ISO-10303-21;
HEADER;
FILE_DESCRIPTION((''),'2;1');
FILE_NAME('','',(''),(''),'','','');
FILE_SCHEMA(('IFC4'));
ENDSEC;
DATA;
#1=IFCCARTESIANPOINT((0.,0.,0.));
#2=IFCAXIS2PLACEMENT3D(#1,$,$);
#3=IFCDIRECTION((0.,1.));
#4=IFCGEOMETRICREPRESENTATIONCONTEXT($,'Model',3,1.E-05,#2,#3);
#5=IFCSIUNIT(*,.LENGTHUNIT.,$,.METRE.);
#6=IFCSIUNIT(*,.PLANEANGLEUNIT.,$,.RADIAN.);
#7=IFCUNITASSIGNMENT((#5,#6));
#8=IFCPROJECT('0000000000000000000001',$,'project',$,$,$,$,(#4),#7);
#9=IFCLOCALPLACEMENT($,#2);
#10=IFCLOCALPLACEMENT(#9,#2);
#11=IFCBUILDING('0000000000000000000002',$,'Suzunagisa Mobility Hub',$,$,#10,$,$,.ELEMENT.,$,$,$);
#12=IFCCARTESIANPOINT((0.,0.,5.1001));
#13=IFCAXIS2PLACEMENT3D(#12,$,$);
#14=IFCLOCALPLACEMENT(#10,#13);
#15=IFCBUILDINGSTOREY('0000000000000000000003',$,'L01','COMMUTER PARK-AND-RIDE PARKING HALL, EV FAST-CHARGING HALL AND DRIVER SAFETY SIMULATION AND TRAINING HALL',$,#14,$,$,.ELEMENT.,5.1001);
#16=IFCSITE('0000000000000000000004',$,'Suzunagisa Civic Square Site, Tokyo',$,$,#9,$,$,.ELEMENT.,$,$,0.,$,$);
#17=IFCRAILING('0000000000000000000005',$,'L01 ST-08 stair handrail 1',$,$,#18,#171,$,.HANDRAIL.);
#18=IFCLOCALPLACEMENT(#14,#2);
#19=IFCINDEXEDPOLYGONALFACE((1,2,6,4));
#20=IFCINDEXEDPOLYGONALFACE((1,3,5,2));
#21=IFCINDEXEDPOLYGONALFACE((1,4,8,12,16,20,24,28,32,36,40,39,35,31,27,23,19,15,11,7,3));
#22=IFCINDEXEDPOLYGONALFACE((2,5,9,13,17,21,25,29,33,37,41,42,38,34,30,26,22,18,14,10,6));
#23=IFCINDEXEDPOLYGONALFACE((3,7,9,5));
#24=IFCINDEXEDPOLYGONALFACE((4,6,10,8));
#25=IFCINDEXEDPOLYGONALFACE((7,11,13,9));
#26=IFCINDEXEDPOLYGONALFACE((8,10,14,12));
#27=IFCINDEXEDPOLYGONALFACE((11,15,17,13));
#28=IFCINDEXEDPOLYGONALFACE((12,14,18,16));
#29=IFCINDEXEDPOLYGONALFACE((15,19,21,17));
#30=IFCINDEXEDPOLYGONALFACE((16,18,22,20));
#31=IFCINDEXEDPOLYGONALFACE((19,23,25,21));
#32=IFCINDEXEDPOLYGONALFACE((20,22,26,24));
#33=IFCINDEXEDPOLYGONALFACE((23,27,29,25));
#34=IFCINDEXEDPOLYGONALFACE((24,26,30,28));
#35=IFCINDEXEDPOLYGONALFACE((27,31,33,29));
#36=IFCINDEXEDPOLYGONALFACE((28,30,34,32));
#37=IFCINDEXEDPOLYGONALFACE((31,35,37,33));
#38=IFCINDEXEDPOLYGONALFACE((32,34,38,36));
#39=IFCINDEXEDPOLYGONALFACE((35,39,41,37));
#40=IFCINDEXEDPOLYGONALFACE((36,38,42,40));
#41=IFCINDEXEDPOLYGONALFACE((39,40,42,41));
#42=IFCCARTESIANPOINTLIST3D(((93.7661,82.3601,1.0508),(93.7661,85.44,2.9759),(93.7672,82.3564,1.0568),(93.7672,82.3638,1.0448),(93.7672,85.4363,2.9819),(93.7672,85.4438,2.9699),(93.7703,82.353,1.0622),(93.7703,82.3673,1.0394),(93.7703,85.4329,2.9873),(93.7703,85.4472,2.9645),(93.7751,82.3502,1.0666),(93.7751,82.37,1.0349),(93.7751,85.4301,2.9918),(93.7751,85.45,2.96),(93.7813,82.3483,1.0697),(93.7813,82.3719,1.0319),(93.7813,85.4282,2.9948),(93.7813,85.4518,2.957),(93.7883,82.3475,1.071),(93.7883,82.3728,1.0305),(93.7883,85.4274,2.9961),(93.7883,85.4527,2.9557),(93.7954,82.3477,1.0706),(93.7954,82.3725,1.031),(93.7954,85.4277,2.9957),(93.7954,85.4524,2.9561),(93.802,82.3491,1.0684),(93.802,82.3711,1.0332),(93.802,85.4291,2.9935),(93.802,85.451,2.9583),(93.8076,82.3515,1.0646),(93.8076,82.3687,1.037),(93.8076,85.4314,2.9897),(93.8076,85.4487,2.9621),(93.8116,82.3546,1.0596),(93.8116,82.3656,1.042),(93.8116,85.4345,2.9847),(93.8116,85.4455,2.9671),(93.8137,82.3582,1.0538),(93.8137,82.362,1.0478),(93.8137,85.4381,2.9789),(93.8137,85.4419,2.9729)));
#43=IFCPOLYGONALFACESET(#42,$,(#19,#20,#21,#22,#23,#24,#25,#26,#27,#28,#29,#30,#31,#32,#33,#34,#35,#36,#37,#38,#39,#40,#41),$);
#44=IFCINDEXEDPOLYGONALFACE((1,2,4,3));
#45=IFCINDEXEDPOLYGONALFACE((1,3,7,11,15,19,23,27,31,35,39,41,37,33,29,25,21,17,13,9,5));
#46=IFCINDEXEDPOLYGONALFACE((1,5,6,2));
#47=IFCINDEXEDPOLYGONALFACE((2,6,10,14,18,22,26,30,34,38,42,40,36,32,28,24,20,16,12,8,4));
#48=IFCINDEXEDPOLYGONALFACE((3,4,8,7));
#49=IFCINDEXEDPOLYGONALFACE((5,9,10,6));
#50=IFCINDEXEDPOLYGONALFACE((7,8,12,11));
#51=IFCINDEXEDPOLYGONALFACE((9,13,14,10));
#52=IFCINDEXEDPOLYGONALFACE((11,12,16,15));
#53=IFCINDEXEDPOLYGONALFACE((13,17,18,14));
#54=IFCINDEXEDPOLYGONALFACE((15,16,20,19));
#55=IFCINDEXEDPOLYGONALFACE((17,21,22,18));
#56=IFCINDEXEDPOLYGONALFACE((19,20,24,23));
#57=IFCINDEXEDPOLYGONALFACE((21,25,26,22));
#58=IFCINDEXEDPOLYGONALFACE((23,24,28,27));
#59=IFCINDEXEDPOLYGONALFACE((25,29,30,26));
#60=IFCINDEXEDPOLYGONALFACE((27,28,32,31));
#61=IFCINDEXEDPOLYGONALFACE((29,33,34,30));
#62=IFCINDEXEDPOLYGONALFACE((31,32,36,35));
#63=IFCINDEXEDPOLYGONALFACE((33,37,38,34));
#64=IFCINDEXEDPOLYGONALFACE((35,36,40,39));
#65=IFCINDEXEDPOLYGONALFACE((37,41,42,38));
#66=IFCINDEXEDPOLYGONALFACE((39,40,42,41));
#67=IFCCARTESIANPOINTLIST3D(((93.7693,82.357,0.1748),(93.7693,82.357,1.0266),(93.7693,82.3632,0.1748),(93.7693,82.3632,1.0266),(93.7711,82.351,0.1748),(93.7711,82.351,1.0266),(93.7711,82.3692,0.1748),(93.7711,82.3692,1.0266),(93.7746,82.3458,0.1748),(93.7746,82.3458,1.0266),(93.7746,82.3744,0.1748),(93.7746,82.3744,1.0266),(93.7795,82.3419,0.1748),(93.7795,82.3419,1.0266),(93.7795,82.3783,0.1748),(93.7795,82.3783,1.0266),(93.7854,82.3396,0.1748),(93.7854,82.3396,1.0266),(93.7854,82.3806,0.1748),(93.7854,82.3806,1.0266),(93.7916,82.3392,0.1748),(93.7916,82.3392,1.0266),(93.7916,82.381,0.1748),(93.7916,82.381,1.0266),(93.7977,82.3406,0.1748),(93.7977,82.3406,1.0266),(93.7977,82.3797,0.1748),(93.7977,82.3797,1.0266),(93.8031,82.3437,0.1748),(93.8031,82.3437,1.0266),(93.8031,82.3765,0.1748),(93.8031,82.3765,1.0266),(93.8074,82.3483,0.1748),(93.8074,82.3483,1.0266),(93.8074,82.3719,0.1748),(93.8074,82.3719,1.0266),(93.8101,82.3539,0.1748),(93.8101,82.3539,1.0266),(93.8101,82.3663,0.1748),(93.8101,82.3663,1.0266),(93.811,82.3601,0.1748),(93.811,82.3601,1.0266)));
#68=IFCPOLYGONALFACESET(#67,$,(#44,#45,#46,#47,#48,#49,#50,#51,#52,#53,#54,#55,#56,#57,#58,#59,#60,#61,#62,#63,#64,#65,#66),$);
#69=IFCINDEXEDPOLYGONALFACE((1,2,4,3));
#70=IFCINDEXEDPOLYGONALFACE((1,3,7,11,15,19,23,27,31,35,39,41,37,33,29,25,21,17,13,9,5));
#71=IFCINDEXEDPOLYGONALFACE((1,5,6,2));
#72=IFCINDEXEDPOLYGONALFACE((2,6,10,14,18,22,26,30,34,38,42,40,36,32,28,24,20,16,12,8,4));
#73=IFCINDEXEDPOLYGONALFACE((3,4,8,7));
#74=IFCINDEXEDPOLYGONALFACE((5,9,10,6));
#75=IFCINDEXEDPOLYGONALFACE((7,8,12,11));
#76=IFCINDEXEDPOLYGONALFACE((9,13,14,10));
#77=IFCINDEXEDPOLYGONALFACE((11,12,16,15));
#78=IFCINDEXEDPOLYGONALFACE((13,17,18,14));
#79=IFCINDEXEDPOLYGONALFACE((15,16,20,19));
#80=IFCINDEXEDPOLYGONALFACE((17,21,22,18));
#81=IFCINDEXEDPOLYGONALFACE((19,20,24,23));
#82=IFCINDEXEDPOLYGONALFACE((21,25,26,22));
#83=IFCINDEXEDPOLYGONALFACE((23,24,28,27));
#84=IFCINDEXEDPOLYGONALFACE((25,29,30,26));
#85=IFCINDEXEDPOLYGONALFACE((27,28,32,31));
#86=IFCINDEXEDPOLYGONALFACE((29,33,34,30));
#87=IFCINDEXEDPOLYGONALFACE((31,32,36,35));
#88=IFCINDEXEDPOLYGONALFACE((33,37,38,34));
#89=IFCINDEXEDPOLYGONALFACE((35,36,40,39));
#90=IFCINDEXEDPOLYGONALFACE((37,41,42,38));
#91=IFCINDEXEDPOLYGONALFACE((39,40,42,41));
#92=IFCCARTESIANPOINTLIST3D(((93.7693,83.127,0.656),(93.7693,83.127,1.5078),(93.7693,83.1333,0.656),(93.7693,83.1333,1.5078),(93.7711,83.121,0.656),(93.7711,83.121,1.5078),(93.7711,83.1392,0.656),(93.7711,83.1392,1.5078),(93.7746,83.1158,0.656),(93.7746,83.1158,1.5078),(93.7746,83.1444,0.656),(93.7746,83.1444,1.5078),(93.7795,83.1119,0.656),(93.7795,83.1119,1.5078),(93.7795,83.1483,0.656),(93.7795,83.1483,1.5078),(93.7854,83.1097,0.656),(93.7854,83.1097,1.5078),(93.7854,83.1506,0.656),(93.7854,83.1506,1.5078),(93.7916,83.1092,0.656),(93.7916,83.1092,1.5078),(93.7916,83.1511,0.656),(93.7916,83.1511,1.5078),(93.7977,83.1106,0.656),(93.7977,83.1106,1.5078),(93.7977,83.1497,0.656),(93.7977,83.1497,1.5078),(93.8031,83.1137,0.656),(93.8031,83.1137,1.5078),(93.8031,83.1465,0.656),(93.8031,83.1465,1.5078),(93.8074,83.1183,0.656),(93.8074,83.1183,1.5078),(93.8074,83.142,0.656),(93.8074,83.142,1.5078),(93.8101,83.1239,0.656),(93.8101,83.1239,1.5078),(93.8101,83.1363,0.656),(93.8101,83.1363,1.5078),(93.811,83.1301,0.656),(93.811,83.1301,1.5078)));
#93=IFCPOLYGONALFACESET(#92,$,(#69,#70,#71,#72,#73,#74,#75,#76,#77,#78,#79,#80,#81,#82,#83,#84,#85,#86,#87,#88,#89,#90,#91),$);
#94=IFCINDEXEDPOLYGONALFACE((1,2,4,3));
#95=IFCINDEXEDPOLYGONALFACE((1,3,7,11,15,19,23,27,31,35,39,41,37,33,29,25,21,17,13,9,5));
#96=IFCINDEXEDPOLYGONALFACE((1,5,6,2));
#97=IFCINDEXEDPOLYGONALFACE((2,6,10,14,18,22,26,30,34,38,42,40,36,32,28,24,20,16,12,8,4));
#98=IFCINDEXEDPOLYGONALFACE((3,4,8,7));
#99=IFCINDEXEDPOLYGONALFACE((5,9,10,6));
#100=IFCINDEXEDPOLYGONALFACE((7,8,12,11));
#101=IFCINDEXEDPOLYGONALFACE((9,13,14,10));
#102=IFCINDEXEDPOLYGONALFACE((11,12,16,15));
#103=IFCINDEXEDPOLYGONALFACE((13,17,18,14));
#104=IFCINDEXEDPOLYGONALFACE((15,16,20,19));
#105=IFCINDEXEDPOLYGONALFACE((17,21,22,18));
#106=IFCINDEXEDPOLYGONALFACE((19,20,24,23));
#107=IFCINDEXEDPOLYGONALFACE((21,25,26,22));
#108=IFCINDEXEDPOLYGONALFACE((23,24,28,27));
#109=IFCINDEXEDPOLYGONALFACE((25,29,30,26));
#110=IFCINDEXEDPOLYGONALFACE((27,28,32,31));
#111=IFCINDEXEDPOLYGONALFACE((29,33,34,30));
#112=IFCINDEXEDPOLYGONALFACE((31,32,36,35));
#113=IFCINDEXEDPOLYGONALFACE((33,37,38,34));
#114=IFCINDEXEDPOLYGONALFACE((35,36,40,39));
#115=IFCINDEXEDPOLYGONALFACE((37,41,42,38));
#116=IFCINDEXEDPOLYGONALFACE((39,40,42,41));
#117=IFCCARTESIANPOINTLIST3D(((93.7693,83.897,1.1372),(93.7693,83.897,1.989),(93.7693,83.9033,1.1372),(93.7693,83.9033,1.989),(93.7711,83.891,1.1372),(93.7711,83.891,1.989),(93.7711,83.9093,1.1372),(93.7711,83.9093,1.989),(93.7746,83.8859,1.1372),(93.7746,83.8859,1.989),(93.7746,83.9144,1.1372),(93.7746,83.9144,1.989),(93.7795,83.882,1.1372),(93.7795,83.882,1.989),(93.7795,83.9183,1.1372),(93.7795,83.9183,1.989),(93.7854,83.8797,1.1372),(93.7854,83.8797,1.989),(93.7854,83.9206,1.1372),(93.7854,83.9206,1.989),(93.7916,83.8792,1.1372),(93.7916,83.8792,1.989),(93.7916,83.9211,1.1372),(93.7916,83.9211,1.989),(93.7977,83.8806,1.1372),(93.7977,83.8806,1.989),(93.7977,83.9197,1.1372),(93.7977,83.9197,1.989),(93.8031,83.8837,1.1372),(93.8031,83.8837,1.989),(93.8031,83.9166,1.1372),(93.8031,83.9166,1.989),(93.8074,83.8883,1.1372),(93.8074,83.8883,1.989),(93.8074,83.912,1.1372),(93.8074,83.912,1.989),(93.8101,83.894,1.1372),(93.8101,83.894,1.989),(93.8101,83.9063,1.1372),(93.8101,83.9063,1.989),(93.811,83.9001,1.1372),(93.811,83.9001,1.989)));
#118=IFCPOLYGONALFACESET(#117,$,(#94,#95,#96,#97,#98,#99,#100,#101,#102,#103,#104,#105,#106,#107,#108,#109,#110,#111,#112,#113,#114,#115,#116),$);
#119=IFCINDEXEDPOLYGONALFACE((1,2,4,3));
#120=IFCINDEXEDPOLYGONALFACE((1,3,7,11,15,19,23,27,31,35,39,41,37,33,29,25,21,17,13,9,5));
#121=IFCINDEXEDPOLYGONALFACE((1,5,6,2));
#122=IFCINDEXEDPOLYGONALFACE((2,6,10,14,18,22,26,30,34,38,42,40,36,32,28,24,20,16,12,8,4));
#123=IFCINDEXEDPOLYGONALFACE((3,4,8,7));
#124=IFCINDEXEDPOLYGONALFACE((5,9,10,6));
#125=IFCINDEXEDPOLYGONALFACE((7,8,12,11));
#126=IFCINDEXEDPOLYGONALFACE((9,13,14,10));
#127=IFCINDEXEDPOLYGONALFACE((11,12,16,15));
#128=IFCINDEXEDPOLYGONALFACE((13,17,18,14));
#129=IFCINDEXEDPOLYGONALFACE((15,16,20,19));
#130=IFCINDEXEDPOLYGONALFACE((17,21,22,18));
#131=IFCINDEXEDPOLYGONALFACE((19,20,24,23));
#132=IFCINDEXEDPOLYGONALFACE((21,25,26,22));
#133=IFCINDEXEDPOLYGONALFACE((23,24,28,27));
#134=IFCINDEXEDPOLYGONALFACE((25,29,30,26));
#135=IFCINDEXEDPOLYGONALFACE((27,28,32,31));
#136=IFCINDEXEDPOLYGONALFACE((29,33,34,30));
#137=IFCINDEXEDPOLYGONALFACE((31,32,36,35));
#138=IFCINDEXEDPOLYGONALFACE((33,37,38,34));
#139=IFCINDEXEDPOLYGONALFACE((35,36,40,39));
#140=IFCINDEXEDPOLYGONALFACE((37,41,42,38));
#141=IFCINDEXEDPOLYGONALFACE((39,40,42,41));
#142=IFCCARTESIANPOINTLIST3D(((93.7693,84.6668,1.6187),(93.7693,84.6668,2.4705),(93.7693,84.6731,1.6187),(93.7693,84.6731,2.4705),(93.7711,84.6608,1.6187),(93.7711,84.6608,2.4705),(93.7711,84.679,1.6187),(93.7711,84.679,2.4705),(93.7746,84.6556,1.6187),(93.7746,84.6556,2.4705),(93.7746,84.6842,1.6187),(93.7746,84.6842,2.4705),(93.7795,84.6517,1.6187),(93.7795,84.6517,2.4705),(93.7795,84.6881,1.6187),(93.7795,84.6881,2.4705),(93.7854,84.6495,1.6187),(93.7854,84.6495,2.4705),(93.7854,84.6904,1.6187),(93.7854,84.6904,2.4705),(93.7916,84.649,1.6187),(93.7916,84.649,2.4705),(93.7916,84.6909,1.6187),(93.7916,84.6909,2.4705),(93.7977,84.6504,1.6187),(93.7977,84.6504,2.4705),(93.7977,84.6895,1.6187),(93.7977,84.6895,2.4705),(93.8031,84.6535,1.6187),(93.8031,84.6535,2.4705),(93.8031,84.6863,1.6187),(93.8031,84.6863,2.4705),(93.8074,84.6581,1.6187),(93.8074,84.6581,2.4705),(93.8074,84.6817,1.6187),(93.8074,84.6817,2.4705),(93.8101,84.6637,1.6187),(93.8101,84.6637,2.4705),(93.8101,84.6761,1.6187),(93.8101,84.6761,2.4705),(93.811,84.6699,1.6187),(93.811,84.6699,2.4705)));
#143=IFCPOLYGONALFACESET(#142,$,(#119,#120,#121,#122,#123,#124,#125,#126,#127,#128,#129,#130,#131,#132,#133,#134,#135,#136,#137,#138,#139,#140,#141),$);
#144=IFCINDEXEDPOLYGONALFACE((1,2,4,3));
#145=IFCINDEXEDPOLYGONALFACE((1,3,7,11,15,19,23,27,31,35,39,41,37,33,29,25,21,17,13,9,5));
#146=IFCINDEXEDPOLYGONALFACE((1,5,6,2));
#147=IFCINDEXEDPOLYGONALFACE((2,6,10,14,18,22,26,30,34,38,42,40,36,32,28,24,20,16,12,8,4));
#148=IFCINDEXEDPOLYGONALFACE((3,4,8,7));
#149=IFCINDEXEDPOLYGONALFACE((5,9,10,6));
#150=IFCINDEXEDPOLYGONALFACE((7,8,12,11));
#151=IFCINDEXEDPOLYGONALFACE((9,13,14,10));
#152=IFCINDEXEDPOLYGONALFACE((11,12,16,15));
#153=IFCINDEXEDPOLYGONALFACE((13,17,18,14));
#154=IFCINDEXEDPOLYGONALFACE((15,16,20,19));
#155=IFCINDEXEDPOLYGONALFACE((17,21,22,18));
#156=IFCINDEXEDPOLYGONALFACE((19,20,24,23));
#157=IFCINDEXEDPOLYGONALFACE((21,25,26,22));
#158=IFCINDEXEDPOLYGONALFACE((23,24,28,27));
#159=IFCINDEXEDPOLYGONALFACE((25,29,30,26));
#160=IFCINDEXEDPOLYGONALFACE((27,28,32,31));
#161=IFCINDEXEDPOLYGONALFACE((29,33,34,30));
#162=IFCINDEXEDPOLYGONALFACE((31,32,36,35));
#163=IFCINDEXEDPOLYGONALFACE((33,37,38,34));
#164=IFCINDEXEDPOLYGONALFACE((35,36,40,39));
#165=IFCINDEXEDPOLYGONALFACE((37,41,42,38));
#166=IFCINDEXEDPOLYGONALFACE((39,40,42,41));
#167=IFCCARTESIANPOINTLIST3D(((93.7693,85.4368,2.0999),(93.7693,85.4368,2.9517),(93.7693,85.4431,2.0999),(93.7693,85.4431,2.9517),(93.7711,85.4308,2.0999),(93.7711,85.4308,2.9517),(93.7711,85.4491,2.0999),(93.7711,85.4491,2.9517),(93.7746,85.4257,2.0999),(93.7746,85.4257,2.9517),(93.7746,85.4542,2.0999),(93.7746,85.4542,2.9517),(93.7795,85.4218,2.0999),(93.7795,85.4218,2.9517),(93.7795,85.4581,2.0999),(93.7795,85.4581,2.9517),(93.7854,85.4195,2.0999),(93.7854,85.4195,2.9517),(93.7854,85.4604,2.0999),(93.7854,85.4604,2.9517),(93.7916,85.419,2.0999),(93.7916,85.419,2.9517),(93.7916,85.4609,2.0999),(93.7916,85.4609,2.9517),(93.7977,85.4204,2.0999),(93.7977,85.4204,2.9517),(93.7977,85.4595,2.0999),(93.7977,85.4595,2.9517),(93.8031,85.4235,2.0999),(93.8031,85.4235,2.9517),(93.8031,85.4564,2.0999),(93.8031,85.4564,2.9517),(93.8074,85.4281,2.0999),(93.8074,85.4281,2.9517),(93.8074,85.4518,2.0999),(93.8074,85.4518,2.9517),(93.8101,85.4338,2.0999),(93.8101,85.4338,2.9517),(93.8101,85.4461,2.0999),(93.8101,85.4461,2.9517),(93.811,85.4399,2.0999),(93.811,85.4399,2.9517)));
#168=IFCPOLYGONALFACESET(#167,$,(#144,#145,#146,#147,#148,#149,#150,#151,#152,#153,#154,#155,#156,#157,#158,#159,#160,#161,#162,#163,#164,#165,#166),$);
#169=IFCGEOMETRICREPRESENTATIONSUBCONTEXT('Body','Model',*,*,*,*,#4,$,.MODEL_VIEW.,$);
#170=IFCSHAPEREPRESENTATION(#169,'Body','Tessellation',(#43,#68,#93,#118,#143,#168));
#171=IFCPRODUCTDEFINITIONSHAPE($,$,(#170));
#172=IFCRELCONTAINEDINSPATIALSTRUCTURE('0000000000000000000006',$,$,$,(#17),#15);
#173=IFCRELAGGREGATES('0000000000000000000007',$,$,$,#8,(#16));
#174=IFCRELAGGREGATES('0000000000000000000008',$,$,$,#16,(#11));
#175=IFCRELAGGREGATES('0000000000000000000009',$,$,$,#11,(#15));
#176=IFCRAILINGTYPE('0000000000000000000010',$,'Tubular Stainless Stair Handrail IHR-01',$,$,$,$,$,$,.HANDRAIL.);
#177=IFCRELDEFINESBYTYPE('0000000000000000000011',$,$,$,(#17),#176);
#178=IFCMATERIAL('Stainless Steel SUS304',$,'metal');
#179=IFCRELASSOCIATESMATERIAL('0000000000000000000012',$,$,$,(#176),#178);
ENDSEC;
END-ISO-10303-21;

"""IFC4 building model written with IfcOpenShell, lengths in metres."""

from ifc_helpers import new_model, si_unit, direction, frame, origin, origin_2d, place, context, subcontext, project, spatial, circle, extrude, material, type_object, element, save


model = new_model("IFC4")

# Units and contexts
model_context = context("Model", 3, precision=1e-05, world=origin(), true_north=direction((0.0, 1.0)))
body_context = subcontext(model_context, "Body", "Model", "MODEL_VIEW")
ifc_project = project(units=[si_unit("LENGTHUNIT", "METRE"), si_unit("PLANEANGLEUNIT", "RADIAN")], contexts=[model_context])

# Site, building, storey
site_placement = place(None, origin())
site = spatial("IfcSite", under=ifc_project, at=site_placement, Name="Suzunagisa Civic Square Site, Tokyo", CompositionType="ELEMENT", RefElevation=0.0)
building_placement = place(site_placement, origin())
building = spatial("IfcBuilding", under=site, at=building_placement, Name="Suzunagisa Mobility Hub", CompositionType="ELEMENT")
storey_placement = place(building_placement, frame((0.0, 0.0, 5.1001)))
storey = spatial("IfcBuildingStorey", under=building, at=storey_placement, Name="L01", Description="COMMUTER PARK-AND-RIDE PARKING HALL, EV FAST-CHARGING HALL AND DRIVER SAFETY SIMULATION AND TRAINING HALL", CompositionType="ELEMENT", Elevation=5.1001)

# Railing
ifc_material_1 = material(Name="Stainless Steel SUS304", Category="metal")
railing_type_1 = type_object("IfcRailingType", Name="Tubular Stainless Stair Handrail IHR-01", PredefinedType="HANDRAIL", material=ifc_material_1)
railing_1_placement = place(storey_placement, frame((93.79, 82.3601, 0.1748)))
element("IfcRailing", 1, at=railing_1_placement, inside=storey, type_object=railing_type_1, Name="L01 ST-08 stair handrail 1", PredefinedType="HANDRAIL", context=body_context, shape_type="SweptSolid", body=[
    extrude(circle(Radius=0.0239, at=origin_2d()), frame((0.0, 0.0, 0.876), z_axis=(0.0, 0.847979, 0.530029), x_axis=(-1.0, 0.0, 0.0)), (0.0, 0.0, 1.0), 3.6321),
    extrude(circle(Radius=0.021, at=origin_2d()), origin(), (0.0, 0.0, 1.0), 0.8518),
    extrude(circle(Radius=0.021, at=origin_2d()), frame((0.0, 0.77, 0.4812)), (0.0, 0.0, 1.0), 0.8518),
    extrude(circle(Radius=0.021, at=origin_2d()), frame((0.0, 1.54, 0.9624)), (0.0, 0.0, 1.0), 0.8518),
    extrude(circle(Radius=0.021, at=origin_2d()), frame((0.0, 2.3098, 1.4438)), (0.0, 0.0, 1.0), 0.8518),
    extrude(circle(Radius=0.021, at=origin_2d()), frame((0.0, 3.0798, 1.925)), (0.0, 0.0, 1.0), 0.8518),
])

save(model, "model.ifc")
